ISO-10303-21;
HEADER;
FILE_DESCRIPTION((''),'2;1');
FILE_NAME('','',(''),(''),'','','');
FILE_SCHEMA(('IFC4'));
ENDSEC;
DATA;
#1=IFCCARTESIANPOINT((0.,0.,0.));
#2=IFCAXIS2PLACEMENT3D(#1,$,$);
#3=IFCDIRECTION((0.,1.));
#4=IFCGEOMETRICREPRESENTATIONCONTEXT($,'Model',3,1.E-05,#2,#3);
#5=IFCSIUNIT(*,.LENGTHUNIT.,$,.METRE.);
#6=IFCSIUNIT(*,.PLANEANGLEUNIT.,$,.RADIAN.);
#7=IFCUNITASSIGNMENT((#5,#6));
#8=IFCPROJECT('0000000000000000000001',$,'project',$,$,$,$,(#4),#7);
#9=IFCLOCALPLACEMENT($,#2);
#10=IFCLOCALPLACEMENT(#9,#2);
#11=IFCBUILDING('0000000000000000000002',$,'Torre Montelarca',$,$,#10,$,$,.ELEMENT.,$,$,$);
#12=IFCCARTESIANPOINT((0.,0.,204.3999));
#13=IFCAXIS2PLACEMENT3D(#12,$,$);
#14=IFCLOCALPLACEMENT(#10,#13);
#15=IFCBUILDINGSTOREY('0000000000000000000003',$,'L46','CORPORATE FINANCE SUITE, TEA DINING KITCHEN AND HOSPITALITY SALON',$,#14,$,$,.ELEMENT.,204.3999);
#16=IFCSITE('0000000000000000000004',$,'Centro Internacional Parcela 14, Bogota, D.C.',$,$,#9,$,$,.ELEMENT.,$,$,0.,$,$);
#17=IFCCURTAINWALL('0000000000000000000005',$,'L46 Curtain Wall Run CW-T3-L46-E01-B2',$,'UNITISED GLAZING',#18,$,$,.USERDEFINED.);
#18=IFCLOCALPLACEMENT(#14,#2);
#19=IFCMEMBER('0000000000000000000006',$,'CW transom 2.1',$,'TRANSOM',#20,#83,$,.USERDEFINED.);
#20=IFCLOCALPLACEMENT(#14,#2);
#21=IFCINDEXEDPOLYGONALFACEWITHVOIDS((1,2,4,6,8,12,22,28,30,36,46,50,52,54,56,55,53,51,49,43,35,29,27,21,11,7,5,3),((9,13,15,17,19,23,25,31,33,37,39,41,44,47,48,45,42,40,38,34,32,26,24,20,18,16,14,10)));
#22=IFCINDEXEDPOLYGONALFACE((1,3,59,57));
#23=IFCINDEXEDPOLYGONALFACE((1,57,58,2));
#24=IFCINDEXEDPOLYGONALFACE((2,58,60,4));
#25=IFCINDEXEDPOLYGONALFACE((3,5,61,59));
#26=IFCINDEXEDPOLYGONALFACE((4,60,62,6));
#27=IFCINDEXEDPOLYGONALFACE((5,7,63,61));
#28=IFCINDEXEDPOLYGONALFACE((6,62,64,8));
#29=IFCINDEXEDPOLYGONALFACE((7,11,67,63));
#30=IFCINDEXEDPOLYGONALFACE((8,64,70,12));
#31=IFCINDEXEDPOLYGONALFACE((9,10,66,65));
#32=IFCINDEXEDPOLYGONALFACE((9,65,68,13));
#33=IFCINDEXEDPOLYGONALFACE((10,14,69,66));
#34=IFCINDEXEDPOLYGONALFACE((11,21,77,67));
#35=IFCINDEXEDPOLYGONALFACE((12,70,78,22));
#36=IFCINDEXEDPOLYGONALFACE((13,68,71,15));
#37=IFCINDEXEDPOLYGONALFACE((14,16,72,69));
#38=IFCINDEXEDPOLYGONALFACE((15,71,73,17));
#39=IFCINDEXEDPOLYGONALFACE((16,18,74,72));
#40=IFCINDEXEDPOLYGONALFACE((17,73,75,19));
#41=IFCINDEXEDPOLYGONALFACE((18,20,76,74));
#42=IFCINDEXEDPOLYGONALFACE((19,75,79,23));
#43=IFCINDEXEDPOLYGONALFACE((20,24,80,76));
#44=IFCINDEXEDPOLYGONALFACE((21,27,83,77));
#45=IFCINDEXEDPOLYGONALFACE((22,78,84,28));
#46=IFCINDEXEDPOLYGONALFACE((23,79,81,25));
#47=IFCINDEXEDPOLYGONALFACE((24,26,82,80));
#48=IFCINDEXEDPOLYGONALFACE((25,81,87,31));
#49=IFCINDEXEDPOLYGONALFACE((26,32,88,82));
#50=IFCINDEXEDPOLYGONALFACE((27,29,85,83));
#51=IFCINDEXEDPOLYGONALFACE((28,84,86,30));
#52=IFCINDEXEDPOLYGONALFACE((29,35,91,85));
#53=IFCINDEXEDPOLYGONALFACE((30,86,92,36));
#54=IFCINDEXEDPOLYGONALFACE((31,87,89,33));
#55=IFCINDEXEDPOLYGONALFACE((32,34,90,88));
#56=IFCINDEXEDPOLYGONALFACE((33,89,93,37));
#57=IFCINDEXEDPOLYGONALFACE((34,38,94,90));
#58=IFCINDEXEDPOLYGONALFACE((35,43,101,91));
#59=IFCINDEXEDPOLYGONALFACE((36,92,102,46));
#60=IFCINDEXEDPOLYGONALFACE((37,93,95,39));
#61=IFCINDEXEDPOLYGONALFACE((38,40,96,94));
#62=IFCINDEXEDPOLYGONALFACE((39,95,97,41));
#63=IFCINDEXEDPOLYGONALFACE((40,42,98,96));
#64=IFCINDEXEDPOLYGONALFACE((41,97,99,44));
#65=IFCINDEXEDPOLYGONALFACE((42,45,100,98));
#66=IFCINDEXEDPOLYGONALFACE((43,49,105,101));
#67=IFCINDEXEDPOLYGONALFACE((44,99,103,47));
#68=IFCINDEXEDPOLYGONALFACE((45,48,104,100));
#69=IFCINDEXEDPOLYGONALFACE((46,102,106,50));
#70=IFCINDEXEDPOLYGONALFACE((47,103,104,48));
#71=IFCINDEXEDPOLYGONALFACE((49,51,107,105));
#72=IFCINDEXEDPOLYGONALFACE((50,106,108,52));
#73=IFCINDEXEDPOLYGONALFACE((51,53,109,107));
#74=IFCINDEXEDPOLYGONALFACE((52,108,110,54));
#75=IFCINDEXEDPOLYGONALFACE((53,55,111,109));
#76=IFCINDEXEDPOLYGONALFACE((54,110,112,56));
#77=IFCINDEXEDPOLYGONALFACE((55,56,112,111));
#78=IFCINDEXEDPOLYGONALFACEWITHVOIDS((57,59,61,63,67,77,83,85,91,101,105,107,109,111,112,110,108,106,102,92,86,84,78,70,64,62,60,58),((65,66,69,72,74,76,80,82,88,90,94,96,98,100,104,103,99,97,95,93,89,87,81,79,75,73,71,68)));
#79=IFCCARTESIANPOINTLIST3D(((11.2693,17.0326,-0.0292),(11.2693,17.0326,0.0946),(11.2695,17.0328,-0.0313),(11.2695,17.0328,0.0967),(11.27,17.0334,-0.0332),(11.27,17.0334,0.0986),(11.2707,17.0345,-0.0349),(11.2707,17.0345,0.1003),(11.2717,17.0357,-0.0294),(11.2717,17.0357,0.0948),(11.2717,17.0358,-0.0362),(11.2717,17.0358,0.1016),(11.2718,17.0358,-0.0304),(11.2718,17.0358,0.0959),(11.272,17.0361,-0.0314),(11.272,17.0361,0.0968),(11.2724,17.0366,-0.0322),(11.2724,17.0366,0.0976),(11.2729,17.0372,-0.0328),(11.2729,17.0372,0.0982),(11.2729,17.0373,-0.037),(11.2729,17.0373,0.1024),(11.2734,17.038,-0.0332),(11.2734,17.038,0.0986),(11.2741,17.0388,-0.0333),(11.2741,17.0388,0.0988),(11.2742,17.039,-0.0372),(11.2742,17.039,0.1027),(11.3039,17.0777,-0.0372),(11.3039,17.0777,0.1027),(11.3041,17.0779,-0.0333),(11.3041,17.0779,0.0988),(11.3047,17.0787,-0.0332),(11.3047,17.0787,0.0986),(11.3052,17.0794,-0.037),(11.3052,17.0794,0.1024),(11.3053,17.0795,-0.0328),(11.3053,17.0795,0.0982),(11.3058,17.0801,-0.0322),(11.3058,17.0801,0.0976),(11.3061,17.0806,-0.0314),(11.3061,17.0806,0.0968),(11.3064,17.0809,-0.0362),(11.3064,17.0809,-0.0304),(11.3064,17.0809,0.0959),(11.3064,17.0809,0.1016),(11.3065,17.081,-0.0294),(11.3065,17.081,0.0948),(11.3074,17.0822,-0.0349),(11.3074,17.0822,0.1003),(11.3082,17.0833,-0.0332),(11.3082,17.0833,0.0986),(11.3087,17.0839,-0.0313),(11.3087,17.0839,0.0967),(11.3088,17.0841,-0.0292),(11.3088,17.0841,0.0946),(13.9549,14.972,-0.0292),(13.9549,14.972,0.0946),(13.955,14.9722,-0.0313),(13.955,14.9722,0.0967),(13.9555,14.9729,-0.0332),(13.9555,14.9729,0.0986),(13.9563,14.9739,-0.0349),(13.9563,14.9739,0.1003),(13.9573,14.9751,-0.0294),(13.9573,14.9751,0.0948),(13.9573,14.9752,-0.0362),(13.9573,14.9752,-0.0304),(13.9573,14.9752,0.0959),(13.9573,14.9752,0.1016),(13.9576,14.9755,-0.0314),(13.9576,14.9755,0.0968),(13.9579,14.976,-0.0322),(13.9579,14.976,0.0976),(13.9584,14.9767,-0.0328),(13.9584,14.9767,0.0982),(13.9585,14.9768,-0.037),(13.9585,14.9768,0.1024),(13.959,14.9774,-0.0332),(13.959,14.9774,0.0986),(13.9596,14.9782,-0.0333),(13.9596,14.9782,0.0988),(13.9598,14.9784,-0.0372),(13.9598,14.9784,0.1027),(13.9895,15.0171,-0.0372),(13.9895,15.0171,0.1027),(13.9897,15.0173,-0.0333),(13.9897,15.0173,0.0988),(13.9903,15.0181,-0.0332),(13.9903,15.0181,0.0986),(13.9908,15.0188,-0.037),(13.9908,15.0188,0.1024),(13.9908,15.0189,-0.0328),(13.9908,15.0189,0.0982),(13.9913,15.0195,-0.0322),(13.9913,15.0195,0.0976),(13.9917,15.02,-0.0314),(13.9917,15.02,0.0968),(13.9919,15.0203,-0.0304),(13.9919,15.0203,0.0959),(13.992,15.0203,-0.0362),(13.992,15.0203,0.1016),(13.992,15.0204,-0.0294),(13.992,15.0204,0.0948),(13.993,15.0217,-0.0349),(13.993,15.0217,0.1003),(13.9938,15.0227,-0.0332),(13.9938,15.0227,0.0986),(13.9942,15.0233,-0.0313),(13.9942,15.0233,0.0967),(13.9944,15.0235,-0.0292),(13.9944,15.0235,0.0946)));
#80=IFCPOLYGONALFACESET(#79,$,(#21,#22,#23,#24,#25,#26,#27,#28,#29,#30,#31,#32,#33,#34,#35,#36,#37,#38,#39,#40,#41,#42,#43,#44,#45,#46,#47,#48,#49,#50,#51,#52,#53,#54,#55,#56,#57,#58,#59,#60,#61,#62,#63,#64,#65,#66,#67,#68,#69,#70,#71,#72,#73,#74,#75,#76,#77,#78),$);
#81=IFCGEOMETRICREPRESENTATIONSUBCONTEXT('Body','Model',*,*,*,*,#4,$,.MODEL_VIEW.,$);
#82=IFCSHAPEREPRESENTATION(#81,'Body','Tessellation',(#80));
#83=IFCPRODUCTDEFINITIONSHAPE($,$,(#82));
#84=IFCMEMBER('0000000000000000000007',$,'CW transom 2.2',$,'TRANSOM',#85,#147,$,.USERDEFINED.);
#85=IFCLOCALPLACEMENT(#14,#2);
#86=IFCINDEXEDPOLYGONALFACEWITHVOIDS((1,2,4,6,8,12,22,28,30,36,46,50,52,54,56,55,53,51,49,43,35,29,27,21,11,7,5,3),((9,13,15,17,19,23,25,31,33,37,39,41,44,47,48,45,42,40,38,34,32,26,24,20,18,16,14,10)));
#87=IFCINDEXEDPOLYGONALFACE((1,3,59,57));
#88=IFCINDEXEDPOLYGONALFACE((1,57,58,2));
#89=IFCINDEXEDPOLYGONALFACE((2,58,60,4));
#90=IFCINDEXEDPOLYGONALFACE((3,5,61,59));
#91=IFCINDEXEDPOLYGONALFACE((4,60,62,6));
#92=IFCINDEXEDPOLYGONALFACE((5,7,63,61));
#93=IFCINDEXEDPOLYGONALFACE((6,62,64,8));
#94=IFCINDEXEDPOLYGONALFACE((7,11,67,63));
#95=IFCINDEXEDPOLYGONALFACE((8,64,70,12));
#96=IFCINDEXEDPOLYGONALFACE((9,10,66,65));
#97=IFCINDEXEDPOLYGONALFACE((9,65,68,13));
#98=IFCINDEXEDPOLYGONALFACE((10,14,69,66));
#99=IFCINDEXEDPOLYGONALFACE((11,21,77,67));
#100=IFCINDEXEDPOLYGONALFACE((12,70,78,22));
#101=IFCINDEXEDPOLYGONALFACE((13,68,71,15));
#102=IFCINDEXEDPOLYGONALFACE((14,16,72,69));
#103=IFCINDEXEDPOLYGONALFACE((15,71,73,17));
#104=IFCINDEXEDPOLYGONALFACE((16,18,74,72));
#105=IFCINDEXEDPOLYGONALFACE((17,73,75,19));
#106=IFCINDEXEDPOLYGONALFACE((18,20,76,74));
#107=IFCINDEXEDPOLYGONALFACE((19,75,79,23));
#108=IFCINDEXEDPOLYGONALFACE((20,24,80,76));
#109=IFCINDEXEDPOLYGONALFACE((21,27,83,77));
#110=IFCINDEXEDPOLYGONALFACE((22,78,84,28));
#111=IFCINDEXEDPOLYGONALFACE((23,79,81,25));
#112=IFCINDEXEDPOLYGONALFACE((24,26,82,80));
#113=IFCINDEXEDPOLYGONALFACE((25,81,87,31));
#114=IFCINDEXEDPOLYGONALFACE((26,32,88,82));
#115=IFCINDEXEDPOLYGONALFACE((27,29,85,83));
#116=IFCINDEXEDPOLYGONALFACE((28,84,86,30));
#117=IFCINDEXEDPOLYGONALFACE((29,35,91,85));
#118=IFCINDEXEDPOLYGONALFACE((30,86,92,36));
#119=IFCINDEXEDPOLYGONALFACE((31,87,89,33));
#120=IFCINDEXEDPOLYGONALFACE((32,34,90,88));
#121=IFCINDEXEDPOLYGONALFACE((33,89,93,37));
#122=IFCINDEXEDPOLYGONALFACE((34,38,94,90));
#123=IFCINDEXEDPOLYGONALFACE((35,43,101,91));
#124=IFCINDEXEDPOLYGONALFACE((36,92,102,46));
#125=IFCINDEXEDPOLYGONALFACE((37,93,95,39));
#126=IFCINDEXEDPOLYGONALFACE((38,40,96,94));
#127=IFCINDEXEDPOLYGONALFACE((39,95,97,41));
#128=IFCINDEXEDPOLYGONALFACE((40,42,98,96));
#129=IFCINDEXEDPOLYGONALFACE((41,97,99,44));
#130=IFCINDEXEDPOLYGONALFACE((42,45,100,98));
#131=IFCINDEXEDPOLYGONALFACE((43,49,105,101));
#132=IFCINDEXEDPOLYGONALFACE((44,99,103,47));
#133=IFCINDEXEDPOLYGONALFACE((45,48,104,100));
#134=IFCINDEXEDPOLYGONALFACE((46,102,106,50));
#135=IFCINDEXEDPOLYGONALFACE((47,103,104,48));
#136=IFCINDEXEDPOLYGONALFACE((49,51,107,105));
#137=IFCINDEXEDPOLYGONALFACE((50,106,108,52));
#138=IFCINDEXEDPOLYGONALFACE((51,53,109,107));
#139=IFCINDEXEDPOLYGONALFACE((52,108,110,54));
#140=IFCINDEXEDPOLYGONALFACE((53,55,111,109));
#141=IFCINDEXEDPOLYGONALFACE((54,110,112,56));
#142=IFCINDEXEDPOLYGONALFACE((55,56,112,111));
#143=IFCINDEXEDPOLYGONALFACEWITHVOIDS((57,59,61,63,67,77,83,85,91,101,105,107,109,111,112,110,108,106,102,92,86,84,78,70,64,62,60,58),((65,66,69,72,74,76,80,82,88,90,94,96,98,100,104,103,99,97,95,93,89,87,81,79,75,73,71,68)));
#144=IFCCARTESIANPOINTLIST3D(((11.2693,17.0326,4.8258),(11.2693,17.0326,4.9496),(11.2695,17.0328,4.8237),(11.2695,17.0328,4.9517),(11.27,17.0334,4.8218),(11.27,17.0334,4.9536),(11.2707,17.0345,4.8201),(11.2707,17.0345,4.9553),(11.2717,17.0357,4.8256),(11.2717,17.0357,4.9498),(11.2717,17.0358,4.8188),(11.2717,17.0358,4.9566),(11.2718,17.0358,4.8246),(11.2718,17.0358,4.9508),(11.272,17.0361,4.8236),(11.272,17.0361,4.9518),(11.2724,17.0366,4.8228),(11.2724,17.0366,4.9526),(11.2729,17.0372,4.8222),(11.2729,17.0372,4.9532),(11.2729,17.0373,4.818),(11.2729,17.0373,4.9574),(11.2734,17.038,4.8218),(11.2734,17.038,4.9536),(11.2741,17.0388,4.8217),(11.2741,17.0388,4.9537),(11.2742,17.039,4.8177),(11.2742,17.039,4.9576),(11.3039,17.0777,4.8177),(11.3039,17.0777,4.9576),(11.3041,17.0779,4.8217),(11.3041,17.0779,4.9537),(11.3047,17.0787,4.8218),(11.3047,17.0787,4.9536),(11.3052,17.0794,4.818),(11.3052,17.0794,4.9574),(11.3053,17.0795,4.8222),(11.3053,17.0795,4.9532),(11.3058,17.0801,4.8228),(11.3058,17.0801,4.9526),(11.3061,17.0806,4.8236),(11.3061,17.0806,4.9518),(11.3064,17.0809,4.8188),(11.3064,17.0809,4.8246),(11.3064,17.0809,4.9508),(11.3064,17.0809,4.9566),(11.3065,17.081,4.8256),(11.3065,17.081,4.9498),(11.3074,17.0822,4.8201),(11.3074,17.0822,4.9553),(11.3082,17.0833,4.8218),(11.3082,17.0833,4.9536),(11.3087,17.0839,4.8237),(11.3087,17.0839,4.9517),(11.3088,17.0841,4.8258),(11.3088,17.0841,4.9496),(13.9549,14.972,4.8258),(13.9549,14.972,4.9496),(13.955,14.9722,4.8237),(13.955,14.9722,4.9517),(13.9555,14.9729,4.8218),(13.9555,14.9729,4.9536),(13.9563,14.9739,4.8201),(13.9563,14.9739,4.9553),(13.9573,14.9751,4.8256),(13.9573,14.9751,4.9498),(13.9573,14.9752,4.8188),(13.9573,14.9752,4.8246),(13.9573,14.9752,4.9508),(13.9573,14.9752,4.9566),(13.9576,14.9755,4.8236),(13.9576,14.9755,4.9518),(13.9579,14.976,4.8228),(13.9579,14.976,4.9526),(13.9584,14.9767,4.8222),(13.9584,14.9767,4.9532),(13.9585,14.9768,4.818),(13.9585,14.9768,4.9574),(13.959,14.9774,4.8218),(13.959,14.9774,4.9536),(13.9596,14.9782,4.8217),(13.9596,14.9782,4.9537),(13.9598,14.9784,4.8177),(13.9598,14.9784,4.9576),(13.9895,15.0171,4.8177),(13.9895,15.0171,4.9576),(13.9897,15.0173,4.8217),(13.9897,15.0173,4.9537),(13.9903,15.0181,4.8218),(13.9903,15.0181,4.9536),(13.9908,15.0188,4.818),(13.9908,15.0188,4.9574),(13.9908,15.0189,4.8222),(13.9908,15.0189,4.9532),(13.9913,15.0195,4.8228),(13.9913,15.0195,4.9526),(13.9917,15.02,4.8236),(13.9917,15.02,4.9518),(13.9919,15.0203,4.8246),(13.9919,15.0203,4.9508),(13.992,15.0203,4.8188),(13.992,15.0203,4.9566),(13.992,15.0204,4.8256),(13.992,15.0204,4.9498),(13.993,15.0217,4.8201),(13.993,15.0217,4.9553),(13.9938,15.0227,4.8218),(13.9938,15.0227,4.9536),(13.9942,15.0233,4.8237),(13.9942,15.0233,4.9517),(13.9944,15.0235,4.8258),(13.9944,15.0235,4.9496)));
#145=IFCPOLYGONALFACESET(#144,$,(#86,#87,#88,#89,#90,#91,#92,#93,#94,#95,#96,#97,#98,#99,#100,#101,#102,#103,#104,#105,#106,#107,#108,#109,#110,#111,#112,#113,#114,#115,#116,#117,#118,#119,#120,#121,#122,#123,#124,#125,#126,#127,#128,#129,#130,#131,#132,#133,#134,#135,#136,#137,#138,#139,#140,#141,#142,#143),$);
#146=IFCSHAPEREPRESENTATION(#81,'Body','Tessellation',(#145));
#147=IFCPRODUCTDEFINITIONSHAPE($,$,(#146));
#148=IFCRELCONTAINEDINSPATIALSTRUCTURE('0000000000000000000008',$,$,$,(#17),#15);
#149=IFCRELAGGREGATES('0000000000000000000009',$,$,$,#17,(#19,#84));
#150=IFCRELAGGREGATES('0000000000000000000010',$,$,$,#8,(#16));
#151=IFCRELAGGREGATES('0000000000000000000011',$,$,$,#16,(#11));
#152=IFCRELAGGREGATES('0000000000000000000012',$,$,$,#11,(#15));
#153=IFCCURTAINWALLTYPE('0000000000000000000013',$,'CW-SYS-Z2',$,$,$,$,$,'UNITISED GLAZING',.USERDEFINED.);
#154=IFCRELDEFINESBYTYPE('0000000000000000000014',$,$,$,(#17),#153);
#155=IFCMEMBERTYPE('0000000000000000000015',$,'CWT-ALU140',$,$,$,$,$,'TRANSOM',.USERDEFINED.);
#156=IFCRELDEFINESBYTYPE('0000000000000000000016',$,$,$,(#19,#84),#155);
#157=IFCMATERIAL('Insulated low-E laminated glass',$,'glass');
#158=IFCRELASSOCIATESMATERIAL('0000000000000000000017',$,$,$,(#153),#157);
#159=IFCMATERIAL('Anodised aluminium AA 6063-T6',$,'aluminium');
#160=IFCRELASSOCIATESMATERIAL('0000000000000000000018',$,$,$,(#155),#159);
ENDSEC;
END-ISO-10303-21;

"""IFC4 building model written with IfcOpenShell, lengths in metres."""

from ifc_helpers import new_model, si_unit, direction, frame, origin, origin_2d, place, context, subcontext, project, spatial, hollow_rectangle, extrude, source, transform, mapped, material, material_profile, profile_set, type_object, element, aggregate, save


model = new_model("IFC4")

# Units and contexts
model_context = context("Model", 3, precision=1e-05, world=origin(), true_north=direction((0.0, 1.0)))
body_context = subcontext(model_context, "Body", "Model", "MODEL_VIEW")
ifc_project = project(units=[si_unit("LENGTHUNIT", "METRE"), si_unit("PLANEANGLEUNIT", "RADIAN")], contexts=[model_context])

# Site, building, storey
site_placement = place(None, origin())
site = spatial("IfcSite", under=ifc_project, at=site_placement, Name="Centro Internacional Parcela 14, Bogota, D.C.", CompositionType="ELEMENT", RefElevation=0.0)
building_placement = place(site_placement, origin())
building = spatial("IfcBuilding", under=site, at=building_placement, Name="Torre Montelarca", CompositionType="ELEMENT")
storey_placement = place(building_placement, frame((0.0, 0.0, 204.3999)))
storey = spatial("IfcBuildingStorey", under=building, at=storey_placement, Name="L46", Description="CORPORATE FINANCE SUITE, TEA DINING KITCHEN AND HOSPITALITY SALON", CompositionType="ELEMENT", Elevation=204.3999)

# Shared definitions
ifc_material_1 = material(Name="Insulated low-E laminated glass", Category="glass")
curtain_wall_type = type_object("IfcCurtainWallType", Name="CW-SYS-Z2", ElementType="UNITISED GLAZING", PredefinedType="USERDEFINED", material=ifc_material_1)
ifc_material_2 = material(Name="Anodised aluminium AA 6063-T6", Category="aluminium")
ifc_material_profile_1 = material_profile(ifc_material_2, hollow_rectangle(XDim=0.0649, YDim=0.1399, WallThickness=0.0039, InnerFilletRadius=0.0039, OuterFilletRadius=0.0081, at=origin_2d()), Name="ALU65X140X4", Category="aluminium")
ifc_profile_set_1 = profile_set([ifc_material_profile_1], Name="Anodised aluminium AA 6063-T6")
member_type_1 = type_object("IfcMemberType", Name="CWT-ALU140", ElementType="TRANSOM", PredefinedType="USERDEFINED", material=ifc_profile_set_1)

# Curtain wall
curtain_wall_1_placement = place(storey_placement, origin())
curtain_wall_1 = element("IfcCurtainWall", 1, at=curtain_wall_1_placement, inside=storey, type_object=curtain_wall_type, Name="L46 Curtain Wall Run CW-T3-L46-E01-B2", ObjectType="UNITISED GLAZING", PredefinedType="USERDEFINED")

# Members
shared_shape_1 = source(origin(), body_context, "Body", "SweptSolid", [
    extrude(hollow_rectangle(XDim=0.0649, YDim=0.1399, WallThickness=0.0039, InnerFilletRadius=0.0039, OuterFilletRadius=0.0081, at=origin_2d()), origin(), (0.0, 0.0, 1.0), 3.385),
])
member_1_placement = place(storey_placement, frame((11.2891, 17.0583, 0.0327), z_axis=(0.793374, -0.608734, 0.0), x_axis=(0.608734, 0.793374, 0.0)))
member_1 = element("IfcMember", 2, at=member_1_placement, type_object=member_type_1, Name="CW transom 2.1", ObjectType="TRANSOM", PredefinedType="USERDEFINED", context=body_context, shape_type="MappedRepresentation", body=[
    mapped(shared_shape_1, transform((0.0, 0.0, 0.0), scale=1.0)),
])
member_2_placement = place(storey_placement, frame((11.2891, 17.0583, 4.8877), z_axis=(0.793374, -0.608734, 0.0), x_axis=(0.608734, 0.793374, 0.0)))
member_2 = element("IfcMember", 3, at=member_2_placement, type_object=member_type_1, Name="CW transom 2.2", ObjectType="TRANSOM", PredefinedType="USERDEFINED", context=body_context, shape_type="MappedRepresentation", body=[
    mapped(shared_shape_1, transform((0.0, 0.0, 0.0), scale=1.0)),
])

aggregate(curtain_wall_1, [member_1, member_2])

save(model, "model.ifc")
